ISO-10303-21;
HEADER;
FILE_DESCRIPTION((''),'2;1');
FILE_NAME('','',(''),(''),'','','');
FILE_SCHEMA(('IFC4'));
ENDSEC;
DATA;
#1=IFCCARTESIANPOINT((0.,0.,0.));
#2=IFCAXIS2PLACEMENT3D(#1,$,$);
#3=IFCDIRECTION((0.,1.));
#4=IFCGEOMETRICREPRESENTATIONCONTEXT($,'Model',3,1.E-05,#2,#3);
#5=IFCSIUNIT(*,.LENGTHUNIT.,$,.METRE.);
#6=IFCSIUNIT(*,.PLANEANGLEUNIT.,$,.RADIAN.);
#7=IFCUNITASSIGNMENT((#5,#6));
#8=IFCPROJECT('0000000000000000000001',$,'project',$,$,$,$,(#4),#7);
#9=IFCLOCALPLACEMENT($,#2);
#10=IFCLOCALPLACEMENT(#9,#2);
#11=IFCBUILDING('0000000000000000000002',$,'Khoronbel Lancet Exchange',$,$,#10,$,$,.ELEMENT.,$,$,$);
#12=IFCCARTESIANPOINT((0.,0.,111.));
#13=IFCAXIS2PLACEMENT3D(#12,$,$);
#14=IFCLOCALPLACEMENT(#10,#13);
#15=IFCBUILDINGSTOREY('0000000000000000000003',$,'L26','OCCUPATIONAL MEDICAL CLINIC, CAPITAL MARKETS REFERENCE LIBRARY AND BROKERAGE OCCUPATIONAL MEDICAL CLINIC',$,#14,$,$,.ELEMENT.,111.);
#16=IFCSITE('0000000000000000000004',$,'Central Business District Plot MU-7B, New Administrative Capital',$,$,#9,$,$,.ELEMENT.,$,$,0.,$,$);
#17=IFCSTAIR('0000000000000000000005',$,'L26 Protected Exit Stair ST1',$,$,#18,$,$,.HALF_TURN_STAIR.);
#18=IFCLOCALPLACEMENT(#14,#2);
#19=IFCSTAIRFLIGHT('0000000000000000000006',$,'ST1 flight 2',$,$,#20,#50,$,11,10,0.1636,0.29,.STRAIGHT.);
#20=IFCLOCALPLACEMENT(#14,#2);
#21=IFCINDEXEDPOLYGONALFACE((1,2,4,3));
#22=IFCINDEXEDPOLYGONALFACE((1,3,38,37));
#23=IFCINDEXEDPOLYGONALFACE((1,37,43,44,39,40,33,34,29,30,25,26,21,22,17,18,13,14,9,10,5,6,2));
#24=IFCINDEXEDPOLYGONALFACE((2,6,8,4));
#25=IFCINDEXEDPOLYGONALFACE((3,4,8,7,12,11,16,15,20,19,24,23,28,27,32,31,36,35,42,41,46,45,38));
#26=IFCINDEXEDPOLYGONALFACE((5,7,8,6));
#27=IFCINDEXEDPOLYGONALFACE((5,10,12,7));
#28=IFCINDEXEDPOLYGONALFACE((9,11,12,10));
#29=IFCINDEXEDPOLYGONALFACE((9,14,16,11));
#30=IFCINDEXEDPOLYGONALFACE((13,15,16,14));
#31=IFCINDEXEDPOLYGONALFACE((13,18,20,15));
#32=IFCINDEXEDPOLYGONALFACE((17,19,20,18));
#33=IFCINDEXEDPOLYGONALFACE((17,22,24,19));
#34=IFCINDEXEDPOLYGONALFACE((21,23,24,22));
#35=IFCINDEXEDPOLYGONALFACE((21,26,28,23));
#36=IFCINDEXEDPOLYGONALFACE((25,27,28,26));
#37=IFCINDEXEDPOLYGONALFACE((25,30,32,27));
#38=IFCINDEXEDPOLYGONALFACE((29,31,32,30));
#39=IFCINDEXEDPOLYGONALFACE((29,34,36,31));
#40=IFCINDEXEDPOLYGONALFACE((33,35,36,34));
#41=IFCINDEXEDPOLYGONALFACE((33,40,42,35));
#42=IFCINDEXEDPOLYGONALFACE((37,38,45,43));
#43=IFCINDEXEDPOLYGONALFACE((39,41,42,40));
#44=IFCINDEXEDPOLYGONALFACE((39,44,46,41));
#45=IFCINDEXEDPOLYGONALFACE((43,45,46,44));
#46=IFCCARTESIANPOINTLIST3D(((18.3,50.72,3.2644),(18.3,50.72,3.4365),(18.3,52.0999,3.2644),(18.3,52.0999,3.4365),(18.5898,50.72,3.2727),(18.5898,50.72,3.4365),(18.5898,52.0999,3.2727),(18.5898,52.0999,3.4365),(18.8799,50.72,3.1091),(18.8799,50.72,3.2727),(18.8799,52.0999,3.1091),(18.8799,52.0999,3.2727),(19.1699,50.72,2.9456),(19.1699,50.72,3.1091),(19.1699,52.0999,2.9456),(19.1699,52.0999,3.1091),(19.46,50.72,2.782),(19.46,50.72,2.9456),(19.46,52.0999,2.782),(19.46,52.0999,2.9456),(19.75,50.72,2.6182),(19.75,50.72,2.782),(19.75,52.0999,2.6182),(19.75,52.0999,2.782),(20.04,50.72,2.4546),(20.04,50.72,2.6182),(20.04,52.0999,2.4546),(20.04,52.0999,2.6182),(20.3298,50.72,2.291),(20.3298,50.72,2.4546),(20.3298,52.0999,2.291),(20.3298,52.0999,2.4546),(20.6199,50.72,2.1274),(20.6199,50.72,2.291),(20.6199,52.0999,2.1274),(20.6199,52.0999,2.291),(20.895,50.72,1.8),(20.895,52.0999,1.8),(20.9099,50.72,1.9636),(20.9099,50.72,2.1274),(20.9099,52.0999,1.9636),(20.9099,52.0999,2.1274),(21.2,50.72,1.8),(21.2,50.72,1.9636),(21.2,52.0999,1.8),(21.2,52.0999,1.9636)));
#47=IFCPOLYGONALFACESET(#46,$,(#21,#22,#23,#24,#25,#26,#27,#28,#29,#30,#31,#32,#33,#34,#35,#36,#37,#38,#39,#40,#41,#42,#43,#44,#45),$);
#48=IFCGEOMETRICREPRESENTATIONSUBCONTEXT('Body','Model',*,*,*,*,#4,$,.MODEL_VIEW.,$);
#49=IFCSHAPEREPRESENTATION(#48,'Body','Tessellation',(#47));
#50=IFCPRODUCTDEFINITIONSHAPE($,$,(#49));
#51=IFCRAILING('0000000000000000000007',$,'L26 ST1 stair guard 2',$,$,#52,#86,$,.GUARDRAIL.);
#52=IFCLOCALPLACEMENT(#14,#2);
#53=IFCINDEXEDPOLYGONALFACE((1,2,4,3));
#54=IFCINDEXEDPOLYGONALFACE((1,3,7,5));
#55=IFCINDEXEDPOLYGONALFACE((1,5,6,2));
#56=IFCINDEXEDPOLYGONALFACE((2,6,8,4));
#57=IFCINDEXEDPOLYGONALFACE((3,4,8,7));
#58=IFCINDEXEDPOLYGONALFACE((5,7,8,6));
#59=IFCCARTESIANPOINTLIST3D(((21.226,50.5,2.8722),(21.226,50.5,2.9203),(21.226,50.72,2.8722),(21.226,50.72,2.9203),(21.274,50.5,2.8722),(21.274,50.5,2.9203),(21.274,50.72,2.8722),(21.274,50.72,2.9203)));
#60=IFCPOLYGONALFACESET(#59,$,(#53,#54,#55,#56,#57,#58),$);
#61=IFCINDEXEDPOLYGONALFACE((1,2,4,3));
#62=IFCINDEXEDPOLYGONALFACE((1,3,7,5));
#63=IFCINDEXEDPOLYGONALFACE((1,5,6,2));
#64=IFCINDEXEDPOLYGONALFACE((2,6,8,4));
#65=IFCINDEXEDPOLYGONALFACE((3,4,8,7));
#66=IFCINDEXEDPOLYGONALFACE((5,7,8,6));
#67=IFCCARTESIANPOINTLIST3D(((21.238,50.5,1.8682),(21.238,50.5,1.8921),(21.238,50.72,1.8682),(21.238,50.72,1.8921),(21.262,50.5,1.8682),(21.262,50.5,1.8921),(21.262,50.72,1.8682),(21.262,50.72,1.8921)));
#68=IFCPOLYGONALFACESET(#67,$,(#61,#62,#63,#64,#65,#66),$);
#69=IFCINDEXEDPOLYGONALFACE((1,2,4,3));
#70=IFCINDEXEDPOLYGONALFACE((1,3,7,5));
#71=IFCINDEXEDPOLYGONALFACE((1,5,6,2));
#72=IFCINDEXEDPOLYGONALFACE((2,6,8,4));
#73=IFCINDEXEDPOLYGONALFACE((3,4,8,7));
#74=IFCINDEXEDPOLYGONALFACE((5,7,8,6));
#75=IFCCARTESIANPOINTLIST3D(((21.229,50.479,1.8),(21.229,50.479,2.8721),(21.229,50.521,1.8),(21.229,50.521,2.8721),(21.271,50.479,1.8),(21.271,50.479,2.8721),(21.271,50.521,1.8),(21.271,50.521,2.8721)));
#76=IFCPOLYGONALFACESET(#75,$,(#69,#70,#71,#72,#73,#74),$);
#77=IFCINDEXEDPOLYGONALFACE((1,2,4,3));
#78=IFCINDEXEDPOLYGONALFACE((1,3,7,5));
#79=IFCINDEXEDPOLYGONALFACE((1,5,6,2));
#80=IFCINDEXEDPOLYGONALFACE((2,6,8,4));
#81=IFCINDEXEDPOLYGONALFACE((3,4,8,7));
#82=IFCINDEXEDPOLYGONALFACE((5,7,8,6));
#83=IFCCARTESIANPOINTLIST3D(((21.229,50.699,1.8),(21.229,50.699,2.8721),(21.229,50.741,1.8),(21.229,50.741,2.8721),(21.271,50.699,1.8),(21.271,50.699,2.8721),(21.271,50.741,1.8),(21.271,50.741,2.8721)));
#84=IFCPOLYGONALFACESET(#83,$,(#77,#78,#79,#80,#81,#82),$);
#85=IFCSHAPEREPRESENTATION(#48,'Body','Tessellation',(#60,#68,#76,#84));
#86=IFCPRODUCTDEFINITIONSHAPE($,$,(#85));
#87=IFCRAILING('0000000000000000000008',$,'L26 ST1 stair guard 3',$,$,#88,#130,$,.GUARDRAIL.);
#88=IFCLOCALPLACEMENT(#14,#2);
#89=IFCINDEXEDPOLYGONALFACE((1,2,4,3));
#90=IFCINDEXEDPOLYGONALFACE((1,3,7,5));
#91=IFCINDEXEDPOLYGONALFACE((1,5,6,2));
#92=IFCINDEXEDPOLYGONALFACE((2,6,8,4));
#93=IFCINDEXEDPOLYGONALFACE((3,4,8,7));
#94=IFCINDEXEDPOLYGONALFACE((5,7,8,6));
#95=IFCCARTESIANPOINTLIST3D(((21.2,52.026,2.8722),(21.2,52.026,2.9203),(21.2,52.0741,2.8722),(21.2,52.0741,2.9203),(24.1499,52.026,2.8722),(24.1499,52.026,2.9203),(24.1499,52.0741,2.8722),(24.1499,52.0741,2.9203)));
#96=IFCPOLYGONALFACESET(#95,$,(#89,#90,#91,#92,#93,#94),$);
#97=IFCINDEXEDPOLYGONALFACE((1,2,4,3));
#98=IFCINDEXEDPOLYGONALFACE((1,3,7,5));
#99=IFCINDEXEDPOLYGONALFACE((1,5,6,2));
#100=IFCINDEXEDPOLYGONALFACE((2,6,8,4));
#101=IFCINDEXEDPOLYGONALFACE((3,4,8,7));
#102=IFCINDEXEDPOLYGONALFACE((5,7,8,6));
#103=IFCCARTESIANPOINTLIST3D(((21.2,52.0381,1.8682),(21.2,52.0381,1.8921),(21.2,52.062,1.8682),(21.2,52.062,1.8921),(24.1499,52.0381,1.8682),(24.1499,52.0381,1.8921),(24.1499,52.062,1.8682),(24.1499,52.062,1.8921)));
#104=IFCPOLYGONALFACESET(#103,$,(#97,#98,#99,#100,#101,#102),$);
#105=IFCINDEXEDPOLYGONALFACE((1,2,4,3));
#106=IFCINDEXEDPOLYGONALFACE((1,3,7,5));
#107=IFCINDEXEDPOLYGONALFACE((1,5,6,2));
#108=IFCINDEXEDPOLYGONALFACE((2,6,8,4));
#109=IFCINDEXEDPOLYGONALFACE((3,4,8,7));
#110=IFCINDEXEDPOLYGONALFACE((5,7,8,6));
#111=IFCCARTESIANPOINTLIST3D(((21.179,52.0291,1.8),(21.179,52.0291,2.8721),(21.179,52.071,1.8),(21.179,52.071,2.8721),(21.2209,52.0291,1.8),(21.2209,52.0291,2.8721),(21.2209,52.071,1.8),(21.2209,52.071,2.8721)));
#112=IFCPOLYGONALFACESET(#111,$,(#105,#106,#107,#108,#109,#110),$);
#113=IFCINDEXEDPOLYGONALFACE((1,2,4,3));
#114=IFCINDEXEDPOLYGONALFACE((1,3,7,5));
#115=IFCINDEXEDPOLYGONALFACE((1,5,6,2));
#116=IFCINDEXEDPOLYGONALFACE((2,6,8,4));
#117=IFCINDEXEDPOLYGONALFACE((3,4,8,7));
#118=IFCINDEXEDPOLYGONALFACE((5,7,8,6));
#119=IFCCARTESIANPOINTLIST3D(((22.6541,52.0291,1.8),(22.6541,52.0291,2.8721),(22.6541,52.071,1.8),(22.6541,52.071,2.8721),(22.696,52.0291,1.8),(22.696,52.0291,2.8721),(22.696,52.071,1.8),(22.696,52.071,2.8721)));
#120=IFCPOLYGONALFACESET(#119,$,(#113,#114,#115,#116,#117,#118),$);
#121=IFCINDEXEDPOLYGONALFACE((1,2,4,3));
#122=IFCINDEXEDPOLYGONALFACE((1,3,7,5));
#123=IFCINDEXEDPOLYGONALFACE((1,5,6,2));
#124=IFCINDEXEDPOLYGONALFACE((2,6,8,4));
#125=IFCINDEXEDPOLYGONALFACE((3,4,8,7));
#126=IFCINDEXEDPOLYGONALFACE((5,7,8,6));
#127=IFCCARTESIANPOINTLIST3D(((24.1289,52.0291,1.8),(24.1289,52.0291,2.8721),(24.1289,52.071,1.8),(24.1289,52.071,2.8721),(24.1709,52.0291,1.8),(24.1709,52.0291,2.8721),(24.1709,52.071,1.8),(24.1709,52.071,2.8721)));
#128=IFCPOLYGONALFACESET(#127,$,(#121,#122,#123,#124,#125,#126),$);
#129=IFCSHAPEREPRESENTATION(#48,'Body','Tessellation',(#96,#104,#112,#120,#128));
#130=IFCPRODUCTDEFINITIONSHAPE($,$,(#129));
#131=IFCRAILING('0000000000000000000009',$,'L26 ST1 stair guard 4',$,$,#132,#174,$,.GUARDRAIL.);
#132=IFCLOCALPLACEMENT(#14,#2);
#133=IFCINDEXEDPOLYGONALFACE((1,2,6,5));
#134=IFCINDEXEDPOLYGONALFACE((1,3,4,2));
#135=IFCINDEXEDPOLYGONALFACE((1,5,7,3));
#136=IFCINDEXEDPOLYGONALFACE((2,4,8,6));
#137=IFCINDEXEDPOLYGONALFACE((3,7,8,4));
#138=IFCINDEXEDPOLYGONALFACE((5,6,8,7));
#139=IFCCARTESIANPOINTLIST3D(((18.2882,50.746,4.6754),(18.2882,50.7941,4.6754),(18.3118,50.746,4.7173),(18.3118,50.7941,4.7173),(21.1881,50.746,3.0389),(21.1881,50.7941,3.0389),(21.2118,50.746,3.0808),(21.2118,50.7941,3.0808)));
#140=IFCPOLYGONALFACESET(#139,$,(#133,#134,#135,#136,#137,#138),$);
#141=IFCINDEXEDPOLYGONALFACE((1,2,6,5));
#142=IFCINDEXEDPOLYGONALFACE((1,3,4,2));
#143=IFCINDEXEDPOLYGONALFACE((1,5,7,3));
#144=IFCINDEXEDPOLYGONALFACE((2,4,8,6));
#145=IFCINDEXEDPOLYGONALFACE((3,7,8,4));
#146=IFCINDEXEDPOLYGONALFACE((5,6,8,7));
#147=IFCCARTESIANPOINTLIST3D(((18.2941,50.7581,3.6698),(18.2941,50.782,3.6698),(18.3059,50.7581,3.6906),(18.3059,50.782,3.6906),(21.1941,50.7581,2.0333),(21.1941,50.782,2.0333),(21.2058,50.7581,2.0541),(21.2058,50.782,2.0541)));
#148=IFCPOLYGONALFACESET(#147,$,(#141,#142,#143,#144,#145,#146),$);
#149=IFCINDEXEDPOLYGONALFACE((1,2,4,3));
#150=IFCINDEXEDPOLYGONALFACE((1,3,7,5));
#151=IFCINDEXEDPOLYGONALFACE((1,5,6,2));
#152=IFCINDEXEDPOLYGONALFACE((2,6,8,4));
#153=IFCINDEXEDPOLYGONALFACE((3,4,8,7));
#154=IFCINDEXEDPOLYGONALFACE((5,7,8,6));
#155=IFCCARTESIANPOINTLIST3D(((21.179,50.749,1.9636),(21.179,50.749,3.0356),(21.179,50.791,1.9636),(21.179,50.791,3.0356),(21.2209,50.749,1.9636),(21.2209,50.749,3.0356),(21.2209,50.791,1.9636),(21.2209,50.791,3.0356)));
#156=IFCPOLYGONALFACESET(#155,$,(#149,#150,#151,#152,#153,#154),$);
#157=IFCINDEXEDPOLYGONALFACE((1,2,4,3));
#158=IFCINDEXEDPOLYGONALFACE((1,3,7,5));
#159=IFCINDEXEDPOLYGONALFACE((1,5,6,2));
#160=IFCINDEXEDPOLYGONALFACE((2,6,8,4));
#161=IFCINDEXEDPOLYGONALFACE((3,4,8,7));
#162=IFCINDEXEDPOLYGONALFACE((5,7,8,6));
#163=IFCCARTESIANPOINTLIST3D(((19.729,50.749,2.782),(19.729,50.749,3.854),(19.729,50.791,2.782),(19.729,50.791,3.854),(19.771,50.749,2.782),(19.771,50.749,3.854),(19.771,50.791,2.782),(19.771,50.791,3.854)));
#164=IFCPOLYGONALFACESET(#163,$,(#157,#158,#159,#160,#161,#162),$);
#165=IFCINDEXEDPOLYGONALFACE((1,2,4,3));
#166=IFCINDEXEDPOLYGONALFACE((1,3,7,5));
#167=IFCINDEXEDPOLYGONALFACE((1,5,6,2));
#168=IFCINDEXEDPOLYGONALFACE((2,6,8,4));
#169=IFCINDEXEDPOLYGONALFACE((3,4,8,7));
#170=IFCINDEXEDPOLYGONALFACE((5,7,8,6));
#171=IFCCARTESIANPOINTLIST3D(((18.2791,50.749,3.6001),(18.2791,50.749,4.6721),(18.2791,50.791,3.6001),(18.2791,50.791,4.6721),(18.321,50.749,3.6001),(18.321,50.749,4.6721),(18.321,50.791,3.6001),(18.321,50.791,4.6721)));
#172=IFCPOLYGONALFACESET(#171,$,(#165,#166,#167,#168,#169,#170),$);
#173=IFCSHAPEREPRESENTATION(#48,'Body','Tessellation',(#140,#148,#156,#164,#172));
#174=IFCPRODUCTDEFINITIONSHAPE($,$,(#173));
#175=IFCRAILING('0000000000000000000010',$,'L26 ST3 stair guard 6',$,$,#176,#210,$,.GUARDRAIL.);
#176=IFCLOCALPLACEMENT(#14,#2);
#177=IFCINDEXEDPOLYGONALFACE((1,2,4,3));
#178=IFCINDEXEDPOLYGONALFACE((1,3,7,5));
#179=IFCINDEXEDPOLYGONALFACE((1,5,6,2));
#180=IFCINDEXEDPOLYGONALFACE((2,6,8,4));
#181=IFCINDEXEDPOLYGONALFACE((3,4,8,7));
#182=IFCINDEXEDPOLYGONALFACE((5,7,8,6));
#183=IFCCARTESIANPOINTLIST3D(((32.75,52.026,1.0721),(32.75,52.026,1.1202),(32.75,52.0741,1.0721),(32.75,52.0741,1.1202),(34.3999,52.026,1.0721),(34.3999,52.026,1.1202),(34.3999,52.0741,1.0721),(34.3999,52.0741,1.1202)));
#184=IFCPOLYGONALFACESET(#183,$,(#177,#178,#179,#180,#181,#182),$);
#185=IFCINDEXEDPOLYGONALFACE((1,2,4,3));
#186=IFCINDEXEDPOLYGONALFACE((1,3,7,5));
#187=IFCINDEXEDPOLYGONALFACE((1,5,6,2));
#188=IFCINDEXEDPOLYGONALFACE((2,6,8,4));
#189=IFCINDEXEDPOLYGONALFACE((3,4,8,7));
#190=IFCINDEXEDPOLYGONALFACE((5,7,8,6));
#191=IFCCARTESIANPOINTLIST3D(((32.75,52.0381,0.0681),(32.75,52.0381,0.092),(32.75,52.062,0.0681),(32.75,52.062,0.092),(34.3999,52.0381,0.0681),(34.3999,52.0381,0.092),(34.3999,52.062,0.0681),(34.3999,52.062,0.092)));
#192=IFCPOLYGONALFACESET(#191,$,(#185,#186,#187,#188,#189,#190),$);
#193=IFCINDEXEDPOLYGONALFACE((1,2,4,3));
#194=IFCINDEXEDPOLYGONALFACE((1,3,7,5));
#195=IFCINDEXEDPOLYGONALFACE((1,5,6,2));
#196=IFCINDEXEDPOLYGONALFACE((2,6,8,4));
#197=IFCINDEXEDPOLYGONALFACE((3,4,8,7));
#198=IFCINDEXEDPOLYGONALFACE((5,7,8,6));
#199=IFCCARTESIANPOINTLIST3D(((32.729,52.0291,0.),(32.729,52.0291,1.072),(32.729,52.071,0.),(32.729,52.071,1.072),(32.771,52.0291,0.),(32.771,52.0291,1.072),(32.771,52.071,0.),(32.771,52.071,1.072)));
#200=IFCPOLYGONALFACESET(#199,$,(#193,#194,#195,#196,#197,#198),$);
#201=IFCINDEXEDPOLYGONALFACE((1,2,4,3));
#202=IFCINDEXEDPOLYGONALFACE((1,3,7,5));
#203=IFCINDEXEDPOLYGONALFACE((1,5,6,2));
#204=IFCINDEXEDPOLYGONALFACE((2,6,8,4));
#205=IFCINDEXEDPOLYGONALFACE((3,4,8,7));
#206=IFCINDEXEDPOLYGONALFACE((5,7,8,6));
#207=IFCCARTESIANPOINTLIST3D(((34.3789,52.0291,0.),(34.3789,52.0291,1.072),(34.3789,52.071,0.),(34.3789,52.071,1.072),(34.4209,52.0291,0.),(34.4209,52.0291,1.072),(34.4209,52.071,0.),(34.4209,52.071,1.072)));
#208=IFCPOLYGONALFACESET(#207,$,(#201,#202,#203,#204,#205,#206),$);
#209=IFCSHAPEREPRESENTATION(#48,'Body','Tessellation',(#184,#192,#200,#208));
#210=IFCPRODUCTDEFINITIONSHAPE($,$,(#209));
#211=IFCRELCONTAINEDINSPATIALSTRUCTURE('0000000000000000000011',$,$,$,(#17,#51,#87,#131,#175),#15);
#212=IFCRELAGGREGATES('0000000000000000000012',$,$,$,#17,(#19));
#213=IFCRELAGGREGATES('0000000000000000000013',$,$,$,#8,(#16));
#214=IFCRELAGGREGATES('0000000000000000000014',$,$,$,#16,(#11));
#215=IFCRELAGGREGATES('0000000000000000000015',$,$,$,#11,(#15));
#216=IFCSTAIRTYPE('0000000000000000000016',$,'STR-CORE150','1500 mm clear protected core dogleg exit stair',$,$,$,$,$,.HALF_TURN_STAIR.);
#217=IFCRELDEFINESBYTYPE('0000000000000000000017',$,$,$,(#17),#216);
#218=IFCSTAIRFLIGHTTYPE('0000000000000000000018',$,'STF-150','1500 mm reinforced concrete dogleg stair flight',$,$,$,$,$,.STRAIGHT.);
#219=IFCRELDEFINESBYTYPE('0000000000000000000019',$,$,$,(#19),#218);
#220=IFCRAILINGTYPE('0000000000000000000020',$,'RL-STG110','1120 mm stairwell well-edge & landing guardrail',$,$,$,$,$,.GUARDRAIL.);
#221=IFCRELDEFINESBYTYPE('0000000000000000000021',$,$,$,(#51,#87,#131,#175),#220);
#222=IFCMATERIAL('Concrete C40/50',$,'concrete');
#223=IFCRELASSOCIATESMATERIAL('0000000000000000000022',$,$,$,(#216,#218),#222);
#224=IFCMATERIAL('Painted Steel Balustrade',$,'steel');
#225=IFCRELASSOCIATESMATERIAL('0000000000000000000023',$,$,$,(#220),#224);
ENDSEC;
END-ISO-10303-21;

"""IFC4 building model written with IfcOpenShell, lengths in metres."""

from ifc_helpers import new_model, si_unit, direction, frame, origin, origin_2d, place, context, subcontext, project, spatial, polyline, rectangle, outline, extrude, material, type_object, element, aggregate, save


model = new_model("IFC4")

# Units and contexts
model_context = context("Model", 3, precision=1e-05, world=origin(), true_north=direction((0.0, 1.0)))
body_context = subcontext(model_context, "Body", "Model", "MODEL_VIEW")
ifc_project = project(units=[si_unit("LENGTHUNIT", "METRE"), si_unit("PLANEANGLEUNIT", "RADIAN")], contexts=[model_context])

# Site, building, storey
site_placement = place(None, origin())
site = spatial("IfcSite", under=ifc_project, at=site_placement, Name="Central Business District Plot MU-7B, New Administrative Capital", CompositionType="ELEMENT", RefElevation=0.0)
building_placement = place(site_placement, origin())
building = spatial("IfcBuilding", under=site, at=building_placement, Name="Khoronbel Lancet Exchange", CompositionType="ELEMENT")
storey_placement = place(building_placement, frame((0.0, 0.0, 111.0)))
storey = spatial("IfcBuildingStorey", under=building, at=storey_placement, Name="L26", Description="OCCUPATIONAL MEDICAL CLINIC, CAPITAL MARKETS REFERENCE LIBRARY AND BROKERAGE OCCUPATIONAL MEDICAL CLINIC", CompositionType="ELEMENT", Elevation=111.0)

# Stair, stair flight
ifc_material_1 = material(Name="Concrete C40/50", Category="concrete")
stair_type = type_object("IfcStairType", Name="STR-CORE150", Description="1500 mm clear protected core dogleg exit stair", PredefinedType="HALF_TURN_STAIR", material=ifc_material_1)
stair_placement = place(storey_placement, origin())
stair = element("IfcStair", 1, at=stair_placement, inside=storey, type_object=stair_type, Name="L26 Protected Exit Stair ST1", PredefinedType="HALF_TURN_STAIR")
stair_flight_type = type_object("IfcStairFlightType", Name="STF-150", Description="1500 mm reinforced concrete dogleg stair flight", PredefinedType="STRAIGHT", material=ifc_material_1)
stair_flight_placement = place(storey_placement, frame((21.2, 51.4099, 1.8), z_axis=(0.0, 0.0, 1.0), x_axis=(-1.0, 0.0, 0.0)))
stair_flight = element("IfcStairFlight", 2, at=stair_flight_placement, type_object=stair_flight_type, Name="ST1 flight 2", NumberOfRisers=11, NumberOfTreads=10, PredefinedType="STRAIGHT", RiserHeight=0.1636, TreadLength=0.29, context=body_context, shape_type="SweptSolid", body=[
    extrude(outline(polyline([(0.0, 0.0), (0.0, 0.1636), (0.29, 0.1636), (0.29, 0.3274), (0.5801, 0.3274), (0.5801, 0.491), (0.8701, 0.491), (0.8701, 0.6545), (1.1599, 0.6545), (1.1599, 0.8181), (1.45, 0.8181), (1.45, 0.9819), (1.74, 0.9819), (1.74, 1.1455), (2.03, 1.1455), (2.03, 1.3091), (2.3201, 1.3091), (2.3201, 1.4727), (2.6101, 1.4727), (2.6101, 1.6365), (2.8999, 1.6365), (2.8999, 1.8), (2.8999, 1.4644), (0.3049, 0.0), (0.0, 0.0)])), frame((0.0, 0.6899, 0.0), z_axis=(0.0, -1.0, 0.0), x_axis=(1.0, 0.0, 0.0)), (0.0, 0.0, 1.0), 1.3799),
])
aggregate(stair, [stair_flight])

# Railings
ifc_material_2 = material(Name="Painted Steel Balustrade", Category="steel")
railing_type_1 = type_object("IfcRailingType", Name="RL-STG110", Description="1120 mm stairwell well-edge & landing guardrail", PredefinedType="GUARDRAIL", material=ifc_material_2)
railing_1_placement = place(storey_placement, frame((21.25, 50.5, 1.8)))
element("IfcRailing", 3, at=railing_1_placement, inside=storey, type_object=railing_type_1, Name="L26 ST1 stair guard 2", PredefinedType="GUARDRAIL", context=body_context, shape_type="SweptSolid", body=[
    extrude(rectangle(XDim=0.0481, YDim=0.0481, at=origin_2d()), frame((0.0, 0.0, 1.0962), z_axis=(0.0, 1.0, 0.0), x_axis=(-1.0, 0.0, 0.0)), (0.0, 0.0, 1.0), 0.22),
    extrude(rectangle(XDim=0.0239, YDim=0.0239, at=origin_2d()), frame((0.0, 0.0, 0.0801), z_axis=(0.0, 1.0, 0.0), x_axis=(-1.0, 0.0, 0.0)), (0.0, 0.0, 1.0), 0.22),
    extrude(rectangle(XDim=0.042, YDim=0.042, at=origin_2d()), origin(), (0.0, 0.0, 1.0), 1.072),
    extrude(rectangle(XDim=0.042, YDim=0.042, at=origin_2d()), frame((0.0, 0.22, 0.0)), (0.0, 0.0, 1.0), 1.072),
])
railing_2_placement = place(storey_placement, frame((21.2, 52.05, 1.8)))
element("IfcRailing", 4, at=railing_2_placement, inside=storey, type_object=railing_type_1, Name="L26 ST1 stair guard 3", PredefinedType="GUARDRAIL", context=body_context, shape_type="SweptSolid", body=[
    extrude(rectangle(XDim=0.0481, YDim=0.0481, at=origin_2d()), frame((0.0, 0.0, 1.0962), z_axis=(1.0, 0.0, 0.0), x_axis=(0.0, 1.0, 0.0)), (0.0, 0.0, 1.0), 2.95),
    extrude(rectangle(XDim=0.0239, YDim=0.0239, at=origin_2d()), frame((0.0, 0.0, 0.0801), z_axis=(1.0, 0.0, 0.0), x_axis=(0.0, 1.0, 0.0)), (0.0, 0.0, 1.0), 2.95),
    extrude(rectangle(XDim=0.042, YDim=0.042, at=origin_2d()), origin(), (0.0, 0.0, 1.0), 1.072),
    extrude(rectangle(XDim=0.042, YDim=0.042, at=origin_2d()), frame((1.4751, 0.0, 0.0)), (0.0, 0.0, 1.0), 1.072),
    extrude(rectangle(XDim=0.042, YDim=0.042, at=origin_2d()), frame((2.95, 0.0, 0.0)), (0.0, 0.0, 1.0), 1.072),
])
railing_3_placement = place(storey_placement, frame((21.2, 50.77, 1.9636)))
element("IfcRailing", 5, at=railing_3_placement, inside=storey, type_object=railing_type_1, Name="L26 ST1 stair guard 4", PredefinedType="GUARDRAIL", context=body_context, shape_type="SweptSolid", body=[
    extrude(rectangle(XDim=0.0481, YDim=0.0481, at=origin_2d()), frame((0.0, 0.0, 1.0962), z_axis=(-0.870897, 0.0, 0.491465), x_axis=(0.0, -1.0, 0.0)), (0.0, 0.0, 1.0), 3.3298),
    extrude(rectangle(XDim=0.0239, YDim=0.0239, at=origin_2d()), frame((0.0, 0.0, 0.0801), z_axis=(-0.870897, 0.0, 0.491465), x_axis=(0.0, -1.0, 0.0)), (0.0, 0.0, 1.0), 3.3298),
    extrude(rectangle(XDim=0.042, YDim=0.042, at=origin_2d()), origin(), (0.0, 0.0, 1.0), 1.072),
    extrude(rectangle(XDim=0.042, YDim=0.042, at=origin_2d()), frame((-1.45, 0.0, 0.8184)), (0.0, 0.0, 1.0), 1.072),
    extrude(rectangle(XDim=0.042, YDim=0.042, at=origin_2d()), frame((-2.8999, 0.0, 1.6365)), (0.0, 0.0, 1.0), 1.072),
])
railing_4_placement = place(storey_placement, frame((32.75, 52.05, 0.0)))
element("IfcRailing", 6, at=railing_4_placement, inside=storey, type_object=railing_type_1, Name="L26 ST3 stair guard 6", PredefinedType="GUARDRAIL", context=body_context, shape_type="SweptSolid", body=[
    extrude(rectangle(XDim=0.0481, YDim=0.0481, at=origin_2d()), frame((0.0, 0.0, 1.0962), z_axis=(1.0, 0.0, 0.0), x_axis=(0.0, 1.0, 0.0)), (0.0, 0.0, 1.0), 1.6499),
    extrude(rectangle(XDim=0.0239, YDim=0.0239, at=origin_2d()), frame((0.0, 0.0, 0.0801), z_axis=(1.0, 0.0, 0.0), x_axis=(0.0, 1.0, 0.0)), (0.0, 0.0, 1.0), 1.6499),
    extrude(rectangle(XDim=0.042, YDim=0.042, at=origin_2d()), origin(), (0.0, 0.0, 1.0), 1.072),
    extrude(rectangle(XDim=0.042, YDim=0.042, at=origin_2d()), frame((1.6499, 0.0, 0.0)), (0.0, 0.0, 1.0), 1.072),
])

save(model, "model.ifc")
